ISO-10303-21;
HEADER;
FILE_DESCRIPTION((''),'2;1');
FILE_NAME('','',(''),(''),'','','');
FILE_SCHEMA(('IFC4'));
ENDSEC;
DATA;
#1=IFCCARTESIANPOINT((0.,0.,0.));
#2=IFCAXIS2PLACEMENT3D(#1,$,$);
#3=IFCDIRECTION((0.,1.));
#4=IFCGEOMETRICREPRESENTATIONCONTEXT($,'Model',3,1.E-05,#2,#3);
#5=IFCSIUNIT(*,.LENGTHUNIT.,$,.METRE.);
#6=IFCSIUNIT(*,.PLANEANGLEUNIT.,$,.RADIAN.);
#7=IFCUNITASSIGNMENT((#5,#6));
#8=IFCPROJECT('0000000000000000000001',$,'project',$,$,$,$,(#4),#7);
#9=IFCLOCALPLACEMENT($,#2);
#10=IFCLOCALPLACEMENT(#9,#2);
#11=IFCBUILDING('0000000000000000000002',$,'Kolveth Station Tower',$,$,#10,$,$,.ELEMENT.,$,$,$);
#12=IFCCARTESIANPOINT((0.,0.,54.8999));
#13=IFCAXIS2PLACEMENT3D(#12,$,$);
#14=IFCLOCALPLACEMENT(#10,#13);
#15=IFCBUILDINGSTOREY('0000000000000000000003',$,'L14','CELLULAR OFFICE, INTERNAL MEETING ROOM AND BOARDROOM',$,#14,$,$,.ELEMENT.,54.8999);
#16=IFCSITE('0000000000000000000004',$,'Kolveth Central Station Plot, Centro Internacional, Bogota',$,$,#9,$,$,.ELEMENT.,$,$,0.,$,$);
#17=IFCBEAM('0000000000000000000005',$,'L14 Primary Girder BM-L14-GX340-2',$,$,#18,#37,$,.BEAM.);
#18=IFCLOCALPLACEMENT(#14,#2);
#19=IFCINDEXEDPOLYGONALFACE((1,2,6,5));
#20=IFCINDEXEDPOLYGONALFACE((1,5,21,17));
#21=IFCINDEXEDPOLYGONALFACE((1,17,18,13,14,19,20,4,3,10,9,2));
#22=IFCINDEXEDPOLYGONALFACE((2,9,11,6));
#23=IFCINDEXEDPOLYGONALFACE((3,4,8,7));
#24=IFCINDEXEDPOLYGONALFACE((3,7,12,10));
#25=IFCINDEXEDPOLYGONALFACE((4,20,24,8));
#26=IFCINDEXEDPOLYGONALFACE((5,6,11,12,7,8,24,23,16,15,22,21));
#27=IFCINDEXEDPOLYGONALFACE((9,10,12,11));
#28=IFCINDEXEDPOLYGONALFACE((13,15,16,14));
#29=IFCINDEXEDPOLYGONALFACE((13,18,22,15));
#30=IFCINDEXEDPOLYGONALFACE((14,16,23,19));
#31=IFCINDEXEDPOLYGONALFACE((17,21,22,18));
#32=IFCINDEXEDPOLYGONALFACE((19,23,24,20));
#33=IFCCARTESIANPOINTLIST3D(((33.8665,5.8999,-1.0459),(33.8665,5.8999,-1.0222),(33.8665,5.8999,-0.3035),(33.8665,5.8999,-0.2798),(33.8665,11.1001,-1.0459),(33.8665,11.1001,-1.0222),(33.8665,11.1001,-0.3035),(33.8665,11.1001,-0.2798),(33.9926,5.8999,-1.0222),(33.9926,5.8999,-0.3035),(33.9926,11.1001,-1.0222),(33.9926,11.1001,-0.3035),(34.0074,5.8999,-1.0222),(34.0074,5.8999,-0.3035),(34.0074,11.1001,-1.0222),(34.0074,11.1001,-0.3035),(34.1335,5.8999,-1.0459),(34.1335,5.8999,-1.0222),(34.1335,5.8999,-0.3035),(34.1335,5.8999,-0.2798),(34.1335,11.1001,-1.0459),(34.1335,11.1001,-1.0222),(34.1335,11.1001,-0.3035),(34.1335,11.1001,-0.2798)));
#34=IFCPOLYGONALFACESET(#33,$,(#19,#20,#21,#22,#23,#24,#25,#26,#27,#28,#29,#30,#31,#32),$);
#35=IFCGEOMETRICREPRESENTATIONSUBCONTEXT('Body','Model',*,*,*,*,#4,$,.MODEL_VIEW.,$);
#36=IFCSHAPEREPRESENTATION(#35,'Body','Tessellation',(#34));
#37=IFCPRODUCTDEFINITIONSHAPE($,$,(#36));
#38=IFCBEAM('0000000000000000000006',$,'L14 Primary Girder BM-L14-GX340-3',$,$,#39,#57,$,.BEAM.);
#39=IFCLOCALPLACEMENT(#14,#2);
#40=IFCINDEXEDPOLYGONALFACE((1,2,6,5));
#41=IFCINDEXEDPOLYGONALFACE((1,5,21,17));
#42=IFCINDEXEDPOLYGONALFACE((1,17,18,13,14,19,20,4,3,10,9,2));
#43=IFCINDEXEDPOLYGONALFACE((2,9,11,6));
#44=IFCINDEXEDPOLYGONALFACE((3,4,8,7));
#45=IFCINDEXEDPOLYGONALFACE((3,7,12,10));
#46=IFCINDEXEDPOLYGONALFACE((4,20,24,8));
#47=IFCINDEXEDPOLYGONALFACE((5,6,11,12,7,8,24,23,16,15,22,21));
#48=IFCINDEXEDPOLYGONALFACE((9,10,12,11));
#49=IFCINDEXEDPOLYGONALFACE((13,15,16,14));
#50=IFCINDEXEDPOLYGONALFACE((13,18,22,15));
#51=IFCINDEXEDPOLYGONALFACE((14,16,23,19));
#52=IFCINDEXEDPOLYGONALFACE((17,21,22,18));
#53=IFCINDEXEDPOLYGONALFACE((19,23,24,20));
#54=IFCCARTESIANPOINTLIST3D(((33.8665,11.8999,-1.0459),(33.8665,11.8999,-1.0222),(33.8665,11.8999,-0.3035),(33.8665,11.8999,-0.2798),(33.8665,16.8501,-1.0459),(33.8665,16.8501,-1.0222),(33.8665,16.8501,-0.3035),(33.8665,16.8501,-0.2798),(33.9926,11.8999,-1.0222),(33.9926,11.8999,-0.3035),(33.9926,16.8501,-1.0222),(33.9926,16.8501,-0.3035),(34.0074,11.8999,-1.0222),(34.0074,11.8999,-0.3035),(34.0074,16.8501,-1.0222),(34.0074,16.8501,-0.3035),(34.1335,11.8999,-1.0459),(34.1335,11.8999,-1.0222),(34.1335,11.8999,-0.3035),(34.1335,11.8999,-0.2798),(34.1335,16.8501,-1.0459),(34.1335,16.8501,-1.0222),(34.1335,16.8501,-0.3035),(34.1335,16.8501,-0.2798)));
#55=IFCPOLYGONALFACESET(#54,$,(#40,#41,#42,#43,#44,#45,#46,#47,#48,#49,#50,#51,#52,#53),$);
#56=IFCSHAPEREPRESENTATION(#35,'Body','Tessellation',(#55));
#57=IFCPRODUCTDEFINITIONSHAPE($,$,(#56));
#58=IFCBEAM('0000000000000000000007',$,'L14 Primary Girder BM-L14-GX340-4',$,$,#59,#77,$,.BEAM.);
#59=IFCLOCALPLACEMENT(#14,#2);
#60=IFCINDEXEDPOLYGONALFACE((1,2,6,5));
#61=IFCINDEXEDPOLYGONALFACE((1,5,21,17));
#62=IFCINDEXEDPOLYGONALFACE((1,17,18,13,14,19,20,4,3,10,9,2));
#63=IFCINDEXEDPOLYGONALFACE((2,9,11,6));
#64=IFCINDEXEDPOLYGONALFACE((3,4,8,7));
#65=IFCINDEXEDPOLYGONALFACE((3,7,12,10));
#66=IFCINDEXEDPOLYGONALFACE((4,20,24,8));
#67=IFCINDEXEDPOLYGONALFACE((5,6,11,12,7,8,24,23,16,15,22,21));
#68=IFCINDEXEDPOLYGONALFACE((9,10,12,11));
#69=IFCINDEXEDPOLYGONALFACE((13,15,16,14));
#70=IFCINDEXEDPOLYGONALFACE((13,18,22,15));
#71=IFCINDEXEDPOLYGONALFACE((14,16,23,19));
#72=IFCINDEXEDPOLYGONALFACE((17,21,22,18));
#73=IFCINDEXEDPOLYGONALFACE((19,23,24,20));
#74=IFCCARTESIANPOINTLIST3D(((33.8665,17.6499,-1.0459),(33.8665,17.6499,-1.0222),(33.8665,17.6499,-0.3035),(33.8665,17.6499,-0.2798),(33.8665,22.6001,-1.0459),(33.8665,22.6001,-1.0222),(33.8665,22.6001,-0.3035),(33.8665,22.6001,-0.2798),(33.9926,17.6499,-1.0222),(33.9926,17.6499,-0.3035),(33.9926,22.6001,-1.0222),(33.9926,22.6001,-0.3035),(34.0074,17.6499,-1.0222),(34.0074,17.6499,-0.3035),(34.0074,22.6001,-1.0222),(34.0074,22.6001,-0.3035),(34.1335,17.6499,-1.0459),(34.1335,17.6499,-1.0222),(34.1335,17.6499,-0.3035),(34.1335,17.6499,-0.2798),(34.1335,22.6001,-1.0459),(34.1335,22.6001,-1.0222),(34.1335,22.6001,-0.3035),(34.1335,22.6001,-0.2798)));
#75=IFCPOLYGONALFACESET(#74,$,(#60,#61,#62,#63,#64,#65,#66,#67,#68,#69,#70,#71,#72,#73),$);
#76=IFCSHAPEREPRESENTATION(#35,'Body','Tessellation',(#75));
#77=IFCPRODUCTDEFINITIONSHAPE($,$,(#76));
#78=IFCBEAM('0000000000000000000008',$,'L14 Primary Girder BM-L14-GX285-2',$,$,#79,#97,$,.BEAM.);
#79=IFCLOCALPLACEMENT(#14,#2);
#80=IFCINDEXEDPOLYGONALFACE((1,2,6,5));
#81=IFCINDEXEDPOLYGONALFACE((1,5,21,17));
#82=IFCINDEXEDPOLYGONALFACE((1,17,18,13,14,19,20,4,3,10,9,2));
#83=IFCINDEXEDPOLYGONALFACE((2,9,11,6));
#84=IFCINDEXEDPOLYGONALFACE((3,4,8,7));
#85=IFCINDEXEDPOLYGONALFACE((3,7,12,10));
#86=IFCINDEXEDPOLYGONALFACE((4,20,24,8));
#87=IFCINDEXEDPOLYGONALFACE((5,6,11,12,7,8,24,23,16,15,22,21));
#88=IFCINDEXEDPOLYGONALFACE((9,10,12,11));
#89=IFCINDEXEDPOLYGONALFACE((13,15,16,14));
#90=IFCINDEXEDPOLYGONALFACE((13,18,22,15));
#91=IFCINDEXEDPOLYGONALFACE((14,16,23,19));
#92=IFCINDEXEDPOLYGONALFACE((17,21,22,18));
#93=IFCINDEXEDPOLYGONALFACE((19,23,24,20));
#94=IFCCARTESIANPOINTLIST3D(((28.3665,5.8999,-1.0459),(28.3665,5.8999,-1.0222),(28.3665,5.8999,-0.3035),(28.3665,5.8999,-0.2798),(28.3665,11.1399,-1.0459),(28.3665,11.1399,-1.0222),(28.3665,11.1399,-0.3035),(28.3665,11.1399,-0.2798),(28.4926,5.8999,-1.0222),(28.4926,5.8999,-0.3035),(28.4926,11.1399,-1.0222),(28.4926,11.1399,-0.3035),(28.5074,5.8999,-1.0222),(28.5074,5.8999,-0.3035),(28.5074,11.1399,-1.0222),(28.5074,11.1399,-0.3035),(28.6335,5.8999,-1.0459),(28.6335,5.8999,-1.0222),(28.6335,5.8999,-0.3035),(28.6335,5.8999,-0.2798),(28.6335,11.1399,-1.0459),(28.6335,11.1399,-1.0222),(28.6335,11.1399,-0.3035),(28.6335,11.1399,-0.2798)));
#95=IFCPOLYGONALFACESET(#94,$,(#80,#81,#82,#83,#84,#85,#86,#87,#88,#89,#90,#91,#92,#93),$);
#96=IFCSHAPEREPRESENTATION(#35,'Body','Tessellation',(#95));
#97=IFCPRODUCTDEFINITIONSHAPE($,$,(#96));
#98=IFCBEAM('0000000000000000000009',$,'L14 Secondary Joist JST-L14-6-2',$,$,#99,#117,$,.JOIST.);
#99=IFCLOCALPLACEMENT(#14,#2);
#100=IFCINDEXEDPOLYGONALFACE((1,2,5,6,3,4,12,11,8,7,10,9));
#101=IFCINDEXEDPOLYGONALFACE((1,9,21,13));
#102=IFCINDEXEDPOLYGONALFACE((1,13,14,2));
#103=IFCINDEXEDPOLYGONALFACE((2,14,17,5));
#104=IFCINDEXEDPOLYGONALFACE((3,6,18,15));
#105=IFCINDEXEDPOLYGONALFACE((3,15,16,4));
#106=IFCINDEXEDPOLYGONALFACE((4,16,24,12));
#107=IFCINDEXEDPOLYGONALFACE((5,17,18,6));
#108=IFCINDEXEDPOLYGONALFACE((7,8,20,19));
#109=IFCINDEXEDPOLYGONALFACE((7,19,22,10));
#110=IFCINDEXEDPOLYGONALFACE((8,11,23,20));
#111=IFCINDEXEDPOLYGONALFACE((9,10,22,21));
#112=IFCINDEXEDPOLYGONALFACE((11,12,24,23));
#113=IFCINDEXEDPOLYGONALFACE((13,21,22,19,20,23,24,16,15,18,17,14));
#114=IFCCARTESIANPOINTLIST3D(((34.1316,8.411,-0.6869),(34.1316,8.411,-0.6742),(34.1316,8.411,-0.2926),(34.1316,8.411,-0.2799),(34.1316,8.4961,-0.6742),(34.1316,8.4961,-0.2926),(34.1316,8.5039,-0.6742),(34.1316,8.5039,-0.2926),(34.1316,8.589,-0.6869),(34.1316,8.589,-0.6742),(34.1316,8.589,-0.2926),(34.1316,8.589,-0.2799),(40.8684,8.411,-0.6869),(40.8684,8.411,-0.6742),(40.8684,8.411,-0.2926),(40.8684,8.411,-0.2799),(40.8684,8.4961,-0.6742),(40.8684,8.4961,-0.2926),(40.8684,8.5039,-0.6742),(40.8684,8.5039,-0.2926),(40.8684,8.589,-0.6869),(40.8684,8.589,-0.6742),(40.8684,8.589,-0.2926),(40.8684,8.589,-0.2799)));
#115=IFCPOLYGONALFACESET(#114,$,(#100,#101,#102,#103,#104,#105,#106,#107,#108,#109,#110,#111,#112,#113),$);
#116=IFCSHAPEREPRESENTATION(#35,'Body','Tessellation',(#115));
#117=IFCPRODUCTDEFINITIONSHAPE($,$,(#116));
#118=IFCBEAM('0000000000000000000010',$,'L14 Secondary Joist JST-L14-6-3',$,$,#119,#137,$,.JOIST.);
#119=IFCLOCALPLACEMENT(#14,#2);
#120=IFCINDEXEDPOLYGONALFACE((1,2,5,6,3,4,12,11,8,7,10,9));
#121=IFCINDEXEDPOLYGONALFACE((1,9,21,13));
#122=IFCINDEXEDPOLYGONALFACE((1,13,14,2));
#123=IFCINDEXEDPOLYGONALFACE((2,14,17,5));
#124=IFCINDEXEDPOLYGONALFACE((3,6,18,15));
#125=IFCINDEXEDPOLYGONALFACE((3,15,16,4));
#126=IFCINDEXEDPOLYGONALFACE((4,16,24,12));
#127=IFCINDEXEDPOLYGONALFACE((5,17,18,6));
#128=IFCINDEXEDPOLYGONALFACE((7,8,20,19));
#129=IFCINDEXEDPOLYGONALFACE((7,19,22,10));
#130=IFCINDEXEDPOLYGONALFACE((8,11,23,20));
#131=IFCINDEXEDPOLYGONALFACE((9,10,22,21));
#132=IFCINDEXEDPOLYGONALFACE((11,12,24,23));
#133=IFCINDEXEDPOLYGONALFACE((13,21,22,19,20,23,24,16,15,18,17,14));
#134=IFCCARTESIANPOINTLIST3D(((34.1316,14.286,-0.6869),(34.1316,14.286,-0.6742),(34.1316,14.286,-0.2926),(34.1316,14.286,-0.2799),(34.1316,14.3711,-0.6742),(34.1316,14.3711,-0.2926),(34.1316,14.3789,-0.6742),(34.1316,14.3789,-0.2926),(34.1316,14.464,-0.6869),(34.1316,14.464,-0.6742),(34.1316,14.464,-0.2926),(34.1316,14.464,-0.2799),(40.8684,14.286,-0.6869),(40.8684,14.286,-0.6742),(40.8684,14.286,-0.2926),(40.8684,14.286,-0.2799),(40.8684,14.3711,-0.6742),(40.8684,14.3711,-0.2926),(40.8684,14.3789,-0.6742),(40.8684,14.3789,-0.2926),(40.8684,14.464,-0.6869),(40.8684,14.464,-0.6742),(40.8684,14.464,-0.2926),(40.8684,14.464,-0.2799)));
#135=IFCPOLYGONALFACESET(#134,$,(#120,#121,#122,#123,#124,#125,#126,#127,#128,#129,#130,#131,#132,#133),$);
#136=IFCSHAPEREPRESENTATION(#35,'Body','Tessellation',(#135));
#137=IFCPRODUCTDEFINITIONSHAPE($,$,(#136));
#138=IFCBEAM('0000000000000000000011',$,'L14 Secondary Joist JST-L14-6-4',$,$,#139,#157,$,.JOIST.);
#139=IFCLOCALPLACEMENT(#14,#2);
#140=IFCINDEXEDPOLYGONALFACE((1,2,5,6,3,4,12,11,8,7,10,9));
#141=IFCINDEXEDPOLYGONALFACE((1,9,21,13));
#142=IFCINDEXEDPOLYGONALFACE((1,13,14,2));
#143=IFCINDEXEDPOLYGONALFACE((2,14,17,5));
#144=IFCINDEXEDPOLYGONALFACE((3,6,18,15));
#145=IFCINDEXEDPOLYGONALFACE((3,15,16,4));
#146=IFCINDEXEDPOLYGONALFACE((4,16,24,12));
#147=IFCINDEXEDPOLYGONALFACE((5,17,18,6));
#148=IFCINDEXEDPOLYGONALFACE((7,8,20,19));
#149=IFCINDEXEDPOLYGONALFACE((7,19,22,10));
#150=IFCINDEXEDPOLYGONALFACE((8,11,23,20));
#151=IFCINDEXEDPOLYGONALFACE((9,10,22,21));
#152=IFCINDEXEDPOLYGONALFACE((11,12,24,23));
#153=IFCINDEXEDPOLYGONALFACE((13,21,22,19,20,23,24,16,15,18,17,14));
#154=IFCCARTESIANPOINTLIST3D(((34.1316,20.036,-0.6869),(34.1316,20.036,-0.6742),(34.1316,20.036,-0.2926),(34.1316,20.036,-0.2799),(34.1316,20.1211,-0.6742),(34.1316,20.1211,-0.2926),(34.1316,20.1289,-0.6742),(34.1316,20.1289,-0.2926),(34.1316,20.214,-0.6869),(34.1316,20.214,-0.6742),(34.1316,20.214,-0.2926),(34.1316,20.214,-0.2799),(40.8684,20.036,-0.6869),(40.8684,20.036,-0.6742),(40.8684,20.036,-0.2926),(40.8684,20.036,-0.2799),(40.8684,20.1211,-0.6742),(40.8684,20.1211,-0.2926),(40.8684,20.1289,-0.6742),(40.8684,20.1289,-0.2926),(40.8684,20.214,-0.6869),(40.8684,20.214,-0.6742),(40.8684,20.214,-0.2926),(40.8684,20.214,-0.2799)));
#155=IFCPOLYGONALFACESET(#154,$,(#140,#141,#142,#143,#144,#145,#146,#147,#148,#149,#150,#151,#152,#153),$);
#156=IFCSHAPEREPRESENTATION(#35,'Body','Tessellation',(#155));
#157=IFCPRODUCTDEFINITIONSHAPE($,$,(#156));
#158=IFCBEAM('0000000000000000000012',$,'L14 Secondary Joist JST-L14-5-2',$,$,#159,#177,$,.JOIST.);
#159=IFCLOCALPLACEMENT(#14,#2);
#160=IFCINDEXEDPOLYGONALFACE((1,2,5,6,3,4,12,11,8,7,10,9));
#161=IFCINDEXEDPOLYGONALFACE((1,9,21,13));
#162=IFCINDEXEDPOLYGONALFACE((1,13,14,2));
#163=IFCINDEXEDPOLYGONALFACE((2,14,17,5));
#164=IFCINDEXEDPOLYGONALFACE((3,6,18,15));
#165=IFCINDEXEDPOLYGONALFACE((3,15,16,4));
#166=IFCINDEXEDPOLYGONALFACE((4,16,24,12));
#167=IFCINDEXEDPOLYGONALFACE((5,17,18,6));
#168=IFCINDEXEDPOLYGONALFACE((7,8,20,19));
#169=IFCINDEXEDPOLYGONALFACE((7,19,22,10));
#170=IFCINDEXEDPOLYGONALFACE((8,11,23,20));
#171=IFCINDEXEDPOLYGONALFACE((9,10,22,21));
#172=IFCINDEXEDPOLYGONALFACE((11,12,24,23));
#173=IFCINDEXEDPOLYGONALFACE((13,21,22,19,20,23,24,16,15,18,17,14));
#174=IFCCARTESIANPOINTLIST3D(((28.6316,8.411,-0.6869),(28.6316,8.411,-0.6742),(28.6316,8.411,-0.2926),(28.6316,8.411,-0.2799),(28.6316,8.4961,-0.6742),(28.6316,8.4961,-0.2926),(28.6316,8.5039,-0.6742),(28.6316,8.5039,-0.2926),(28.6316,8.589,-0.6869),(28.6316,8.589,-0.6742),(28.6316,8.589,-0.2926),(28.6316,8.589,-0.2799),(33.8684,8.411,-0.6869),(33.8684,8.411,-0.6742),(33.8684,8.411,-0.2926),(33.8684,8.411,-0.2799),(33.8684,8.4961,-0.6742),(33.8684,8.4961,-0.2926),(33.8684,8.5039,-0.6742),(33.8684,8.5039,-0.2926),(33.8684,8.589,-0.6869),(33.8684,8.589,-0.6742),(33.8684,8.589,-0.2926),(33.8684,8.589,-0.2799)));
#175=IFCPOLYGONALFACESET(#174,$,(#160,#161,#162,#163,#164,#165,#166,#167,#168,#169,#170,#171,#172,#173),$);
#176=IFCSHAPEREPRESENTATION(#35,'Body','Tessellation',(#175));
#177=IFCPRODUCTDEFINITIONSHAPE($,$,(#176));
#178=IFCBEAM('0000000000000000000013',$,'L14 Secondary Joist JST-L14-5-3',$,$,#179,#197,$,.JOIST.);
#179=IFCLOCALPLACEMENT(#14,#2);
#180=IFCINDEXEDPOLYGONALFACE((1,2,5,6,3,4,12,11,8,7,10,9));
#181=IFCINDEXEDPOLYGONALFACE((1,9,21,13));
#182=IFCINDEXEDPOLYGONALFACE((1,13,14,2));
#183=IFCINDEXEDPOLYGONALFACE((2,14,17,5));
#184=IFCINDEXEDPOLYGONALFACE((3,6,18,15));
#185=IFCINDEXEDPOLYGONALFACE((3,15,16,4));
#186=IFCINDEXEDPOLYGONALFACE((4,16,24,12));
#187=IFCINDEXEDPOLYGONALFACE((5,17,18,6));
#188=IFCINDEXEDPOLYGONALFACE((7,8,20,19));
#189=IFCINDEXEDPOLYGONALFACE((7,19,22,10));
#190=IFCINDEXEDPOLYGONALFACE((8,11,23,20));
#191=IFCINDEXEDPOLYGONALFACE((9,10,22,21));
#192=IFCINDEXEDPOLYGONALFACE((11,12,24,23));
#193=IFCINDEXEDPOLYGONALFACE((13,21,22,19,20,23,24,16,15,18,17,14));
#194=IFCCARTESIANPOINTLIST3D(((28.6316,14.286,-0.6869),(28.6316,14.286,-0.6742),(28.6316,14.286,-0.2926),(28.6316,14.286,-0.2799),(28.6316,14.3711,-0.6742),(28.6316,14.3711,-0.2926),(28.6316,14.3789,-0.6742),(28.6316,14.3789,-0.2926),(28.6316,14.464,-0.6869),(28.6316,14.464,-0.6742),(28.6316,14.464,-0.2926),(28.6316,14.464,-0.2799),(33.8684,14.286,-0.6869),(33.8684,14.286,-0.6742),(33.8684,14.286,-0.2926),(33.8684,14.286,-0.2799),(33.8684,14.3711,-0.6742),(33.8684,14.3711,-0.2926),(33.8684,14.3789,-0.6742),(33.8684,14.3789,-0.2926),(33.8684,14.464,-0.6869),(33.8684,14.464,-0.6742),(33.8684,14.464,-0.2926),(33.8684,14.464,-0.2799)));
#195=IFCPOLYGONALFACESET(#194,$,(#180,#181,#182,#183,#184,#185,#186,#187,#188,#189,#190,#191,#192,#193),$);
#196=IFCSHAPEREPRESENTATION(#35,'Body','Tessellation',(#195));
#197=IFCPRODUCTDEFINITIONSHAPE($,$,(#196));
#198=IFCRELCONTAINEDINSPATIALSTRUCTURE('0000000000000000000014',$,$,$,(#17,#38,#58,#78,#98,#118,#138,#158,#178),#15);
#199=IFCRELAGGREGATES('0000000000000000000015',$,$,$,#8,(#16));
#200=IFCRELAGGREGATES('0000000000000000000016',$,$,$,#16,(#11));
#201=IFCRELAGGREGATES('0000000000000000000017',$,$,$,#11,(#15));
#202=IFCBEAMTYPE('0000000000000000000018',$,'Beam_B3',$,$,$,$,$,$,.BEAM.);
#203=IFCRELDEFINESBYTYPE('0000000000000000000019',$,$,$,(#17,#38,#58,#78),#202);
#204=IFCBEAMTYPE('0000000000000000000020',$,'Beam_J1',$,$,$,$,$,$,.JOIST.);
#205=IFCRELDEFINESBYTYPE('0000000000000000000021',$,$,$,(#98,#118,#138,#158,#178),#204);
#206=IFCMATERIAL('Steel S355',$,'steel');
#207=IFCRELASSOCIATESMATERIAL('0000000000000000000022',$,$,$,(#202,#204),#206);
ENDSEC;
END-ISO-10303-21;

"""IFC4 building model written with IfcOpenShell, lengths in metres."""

from ifc_helpers import new_model, si_unit, direction, frame, origin, origin_2d, place, context, subcontext, project, spatial, i_section, extrude, source, transform, mapped, material, material_profile, profile_set, type_object, element, save


model = new_model("IFC4")

# Units and contexts
model_context = context("Model", 3, precision=1e-05, world=origin(), true_north=direction((0.0, 1.0)))
body_context = subcontext(model_context, "Body", "Model", "MODEL_VIEW")
ifc_project = project(units=[si_unit("LENGTHUNIT", "METRE"), si_unit("PLANEANGLEUNIT", "RADIAN")], contexts=[model_context])

# Site, building, storey
site_placement = place(None, origin())
site = spatial("IfcSite", under=ifc_project, at=site_placement, Name="Kolveth Central Station Plot, Centro Internacional, Bogota", CompositionType="ELEMENT", RefElevation=0.0)
building_placement = place(site_placement, origin())
building = spatial("IfcBuilding", under=site, at=building_placement, Name="Kolveth Station Tower", CompositionType="ELEMENT")
storey_placement = place(building_placement, frame((0.0, 0.0, 54.8999)))
storey = spatial("IfcBuildingStorey", under=building, at=storey_placement, Name="L14", Description="CELLULAR OFFICE, INTERNAL MEETING ROOM AND BOARDROOM", CompositionType="ELEMENT", Elevation=54.8999)

# Beams
ifc_material_1 = material(Name="Steel S355", Category="steel")
ifc_material_profile_1 = material_profile(ifc_material_1, i_section(OverallWidth=0.2671, OverallDepth=0.7661, WebThickness=0.0149, FlangeThickness=0.0237, at=origin_2d()), Name="W760x185")
ifc_profile_set_1 = profile_set([ifc_material_profile_1], Name="Steel S355")
beam_type_1 = type_object("IfcBeamType", Name="Beam_B3", PredefinedType="BEAM", material=ifc_profile_set_1)
shared_shape_1 = source(origin(), body_context, "Body", "SweptSolid", [
    extrude(i_section(OverallWidth=0.2671, OverallDepth=0.7661, WebThickness=0.0149, FlangeThickness=0.0237, at=origin_2d()), origin(), (0.0, 0.0, 1.0), 5.2002),
])
beam_1_placement = place(storey_placement, frame((34.0, 5.8999, -0.6628), z_axis=(0.0, 1.0, 0.0), x_axis=(-1.0, 0.0, 0.0)))
element("IfcBeam", 1, at=beam_1_placement, inside=storey, type_object=beam_type_1, Name="L14 Primary Girder BM-L14-GX340-2", PredefinedType="BEAM", context=body_context, shape_type="MappedRepresentation", body=[
    mapped(shared_shape_1, transform((0.0, 0.0, 0.0), x_axis=(1.0, 0.0, 0.0), y_axis=(0.0, 1.0, 0.0), z_axis=(0.0, 0.0, 1.0), scale=1.0)),
])
shared_shape_2 = source(origin(), body_context, "Body", "SweptSolid", [
    extrude(i_section(OverallWidth=0.2671, OverallDepth=0.7661, WebThickness=0.0149, FlangeThickness=0.0237, at=origin_2d()), origin(), (0.0, 0.0, 1.0), 4.9502),
])
for number, where, z_axis, x_axis, name in (
    (2, (34.0, 11.8999, -0.6628), (0.0, 1.0, 0.0), (-1.0, 0.0, 0.0), "L14 Primary Girder BM-L14-GX340-3"),
    (3, (34.0, 17.6499, -0.6628), (0.0, 1.0, 0.0), (-1.0, 0.0, 0.0), "L14 Primary Girder BM-L14-GX340-4"),
):
    element("IfcBeam", number, at=place(storey_placement, frame(where, z_axis=z_axis, x_axis=x_axis)), inside=storey, type_object=beam_type_1, Name=name, PredefinedType="BEAM", context=body_context, shape_type="MappedRepresentation", body=[
        mapped(shared_shape_2, transform((0.0, 0.0, 0.0), x_axis=(1.0, 0.0, 0.0), y_axis=(0.0, 1.0, 0.0), z_axis=(0.0, 0.0, 1.0), scale=1.0)),
    ])
shared_shape_3 = source(origin(), body_context, "Body", "SweptSolid", [
    extrude(i_section(OverallWidth=0.2671, OverallDepth=0.7661, WebThickness=0.0149, FlangeThickness=0.0237, at=origin_2d()), origin(), (0.0, 0.0, 1.0), 5.24),
])
beam_2_placement = place(storey_placement, frame((28.5, 5.8999, -0.6628), z_axis=(0.0, 1.0, 0.0), x_axis=(-1.0, 0.0, 0.0)))
element("IfcBeam", 4, at=beam_2_placement, inside=storey, type_object=beam_type_1, Name="L14 Primary Girder BM-L14-GX285-2", PredefinedType="BEAM", context=body_context, shape_type="MappedRepresentation", body=[
    mapped(shared_shape_3, transform((0.0, 0.0, 0.0), x_axis=(1.0, 0.0, 0.0), y_axis=(0.0, 1.0, 0.0), z_axis=(0.0, 0.0, 1.0), scale=1.0)),
])
ifc_material_profile_2 = material_profile(ifc_material_1, i_section(OverallWidth=0.178, OverallDepth=0.407, WebThickness=0.0078, FlangeThickness=0.0127, at=origin_2d()), Name="W410x60")
ifc_profile_set_2 = profile_set([ifc_material_profile_2], Name="Steel S355")
beam_type_2 = type_object("IfcBeamType", Name="Beam_J1", PredefinedType="JOIST", material=ifc_profile_set_2)
shared_shape_4 = source(origin(), body_context, "Body", "SweptSolid", [
    extrude(i_section(OverallWidth=0.178, OverallDepth=0.407, WebThickness=0.0078, FlangeThickness=0.0127, at=origin_2d()), origin(), (0.0, 0.0, 1.0), 6.7368),
])
for number, where, z_axis, x_axis, name in (
    (5, (34.1316, 8.5, -0.4834), (1.0, 0.0, 0.0), (0.0, 1.0, 0.0), "L14 Secondary Joist JST-L14-6-2"),
    (6, (34.1316, 14.375, -0.4834), (1.0, 0.0, 0.0), (0.0, 1.0, 0.0), "L14 Secondary Joist JST-L14-6-3"),
    (7, (34.1316, 20.125, -0.4834), (1.0, 0.0, 0.0), (0.0, 1.0, 0.0), "L14 Secondary Joist JST-L14-6-4"),
):
    element("IfcBeam", number, at=place(storey_placement, frame(where, z_axis=z_axis, x_axis=x_axis)), inside=storey, type_object=beam_type_2, Name=name, PredefinedType="JOIST", context=body_context, shape_type="MappedRepresentation", body=[
        mapped(shared_shape_4, transform((0.0, 0.0, 0.0), x_axis=(1.0, 0.0, 0.0), y_axis=(0.0, 1.0, 0.0), z_axis=(0.0, 0.0, 1.0), scale=1.0)),
    ])
shared_shape_5 = source(origin(), body_context, "Body", "SweptSolid", [
    extrude(i_section(OverallWidth=0.178, OverallDepth=0.407, WebThickness=0.0078, FlangeThickness=0.0127, at=origin_2d()), origin(), (0.0, 0.0, 1.0), 5.2368),
])
for number, where, z_axis, x_axis, name in (
    (8, (28.6316, 8.5, -0.4834), (1.0, 0.0, 0.0), (0.0, 1.0, 0.0), "L14 Secondary Joist JST-L14-5-2"),
    (9, (28.6316, 14.375, -0.4834), (1.0, 0.0, 0.0), (0.0, 1.0, 0.0), "L14 Secondary Joist JST-L14-5-3"),
):
    element("IfcBeam", number, at=place(storey_placement, frame(where, z_axis=z_axis, x_axis=x_axis)), inside=storey, type_object=beam_type_2, Name=name, PredefinedType="JOIST", context=body_context, shape_type="MappedRepresentation", body=[
        mapped(shared_shape_5, transform((0.0, 0.0, 0.0), x_axis=(1.0, 0.0, 0.0), y_axis=(0.0, 1.0, 0.0), z_axis=(0.0, 0.0, 1.0), scale=1.0)),
    ])

save(model, "model.ifc")
